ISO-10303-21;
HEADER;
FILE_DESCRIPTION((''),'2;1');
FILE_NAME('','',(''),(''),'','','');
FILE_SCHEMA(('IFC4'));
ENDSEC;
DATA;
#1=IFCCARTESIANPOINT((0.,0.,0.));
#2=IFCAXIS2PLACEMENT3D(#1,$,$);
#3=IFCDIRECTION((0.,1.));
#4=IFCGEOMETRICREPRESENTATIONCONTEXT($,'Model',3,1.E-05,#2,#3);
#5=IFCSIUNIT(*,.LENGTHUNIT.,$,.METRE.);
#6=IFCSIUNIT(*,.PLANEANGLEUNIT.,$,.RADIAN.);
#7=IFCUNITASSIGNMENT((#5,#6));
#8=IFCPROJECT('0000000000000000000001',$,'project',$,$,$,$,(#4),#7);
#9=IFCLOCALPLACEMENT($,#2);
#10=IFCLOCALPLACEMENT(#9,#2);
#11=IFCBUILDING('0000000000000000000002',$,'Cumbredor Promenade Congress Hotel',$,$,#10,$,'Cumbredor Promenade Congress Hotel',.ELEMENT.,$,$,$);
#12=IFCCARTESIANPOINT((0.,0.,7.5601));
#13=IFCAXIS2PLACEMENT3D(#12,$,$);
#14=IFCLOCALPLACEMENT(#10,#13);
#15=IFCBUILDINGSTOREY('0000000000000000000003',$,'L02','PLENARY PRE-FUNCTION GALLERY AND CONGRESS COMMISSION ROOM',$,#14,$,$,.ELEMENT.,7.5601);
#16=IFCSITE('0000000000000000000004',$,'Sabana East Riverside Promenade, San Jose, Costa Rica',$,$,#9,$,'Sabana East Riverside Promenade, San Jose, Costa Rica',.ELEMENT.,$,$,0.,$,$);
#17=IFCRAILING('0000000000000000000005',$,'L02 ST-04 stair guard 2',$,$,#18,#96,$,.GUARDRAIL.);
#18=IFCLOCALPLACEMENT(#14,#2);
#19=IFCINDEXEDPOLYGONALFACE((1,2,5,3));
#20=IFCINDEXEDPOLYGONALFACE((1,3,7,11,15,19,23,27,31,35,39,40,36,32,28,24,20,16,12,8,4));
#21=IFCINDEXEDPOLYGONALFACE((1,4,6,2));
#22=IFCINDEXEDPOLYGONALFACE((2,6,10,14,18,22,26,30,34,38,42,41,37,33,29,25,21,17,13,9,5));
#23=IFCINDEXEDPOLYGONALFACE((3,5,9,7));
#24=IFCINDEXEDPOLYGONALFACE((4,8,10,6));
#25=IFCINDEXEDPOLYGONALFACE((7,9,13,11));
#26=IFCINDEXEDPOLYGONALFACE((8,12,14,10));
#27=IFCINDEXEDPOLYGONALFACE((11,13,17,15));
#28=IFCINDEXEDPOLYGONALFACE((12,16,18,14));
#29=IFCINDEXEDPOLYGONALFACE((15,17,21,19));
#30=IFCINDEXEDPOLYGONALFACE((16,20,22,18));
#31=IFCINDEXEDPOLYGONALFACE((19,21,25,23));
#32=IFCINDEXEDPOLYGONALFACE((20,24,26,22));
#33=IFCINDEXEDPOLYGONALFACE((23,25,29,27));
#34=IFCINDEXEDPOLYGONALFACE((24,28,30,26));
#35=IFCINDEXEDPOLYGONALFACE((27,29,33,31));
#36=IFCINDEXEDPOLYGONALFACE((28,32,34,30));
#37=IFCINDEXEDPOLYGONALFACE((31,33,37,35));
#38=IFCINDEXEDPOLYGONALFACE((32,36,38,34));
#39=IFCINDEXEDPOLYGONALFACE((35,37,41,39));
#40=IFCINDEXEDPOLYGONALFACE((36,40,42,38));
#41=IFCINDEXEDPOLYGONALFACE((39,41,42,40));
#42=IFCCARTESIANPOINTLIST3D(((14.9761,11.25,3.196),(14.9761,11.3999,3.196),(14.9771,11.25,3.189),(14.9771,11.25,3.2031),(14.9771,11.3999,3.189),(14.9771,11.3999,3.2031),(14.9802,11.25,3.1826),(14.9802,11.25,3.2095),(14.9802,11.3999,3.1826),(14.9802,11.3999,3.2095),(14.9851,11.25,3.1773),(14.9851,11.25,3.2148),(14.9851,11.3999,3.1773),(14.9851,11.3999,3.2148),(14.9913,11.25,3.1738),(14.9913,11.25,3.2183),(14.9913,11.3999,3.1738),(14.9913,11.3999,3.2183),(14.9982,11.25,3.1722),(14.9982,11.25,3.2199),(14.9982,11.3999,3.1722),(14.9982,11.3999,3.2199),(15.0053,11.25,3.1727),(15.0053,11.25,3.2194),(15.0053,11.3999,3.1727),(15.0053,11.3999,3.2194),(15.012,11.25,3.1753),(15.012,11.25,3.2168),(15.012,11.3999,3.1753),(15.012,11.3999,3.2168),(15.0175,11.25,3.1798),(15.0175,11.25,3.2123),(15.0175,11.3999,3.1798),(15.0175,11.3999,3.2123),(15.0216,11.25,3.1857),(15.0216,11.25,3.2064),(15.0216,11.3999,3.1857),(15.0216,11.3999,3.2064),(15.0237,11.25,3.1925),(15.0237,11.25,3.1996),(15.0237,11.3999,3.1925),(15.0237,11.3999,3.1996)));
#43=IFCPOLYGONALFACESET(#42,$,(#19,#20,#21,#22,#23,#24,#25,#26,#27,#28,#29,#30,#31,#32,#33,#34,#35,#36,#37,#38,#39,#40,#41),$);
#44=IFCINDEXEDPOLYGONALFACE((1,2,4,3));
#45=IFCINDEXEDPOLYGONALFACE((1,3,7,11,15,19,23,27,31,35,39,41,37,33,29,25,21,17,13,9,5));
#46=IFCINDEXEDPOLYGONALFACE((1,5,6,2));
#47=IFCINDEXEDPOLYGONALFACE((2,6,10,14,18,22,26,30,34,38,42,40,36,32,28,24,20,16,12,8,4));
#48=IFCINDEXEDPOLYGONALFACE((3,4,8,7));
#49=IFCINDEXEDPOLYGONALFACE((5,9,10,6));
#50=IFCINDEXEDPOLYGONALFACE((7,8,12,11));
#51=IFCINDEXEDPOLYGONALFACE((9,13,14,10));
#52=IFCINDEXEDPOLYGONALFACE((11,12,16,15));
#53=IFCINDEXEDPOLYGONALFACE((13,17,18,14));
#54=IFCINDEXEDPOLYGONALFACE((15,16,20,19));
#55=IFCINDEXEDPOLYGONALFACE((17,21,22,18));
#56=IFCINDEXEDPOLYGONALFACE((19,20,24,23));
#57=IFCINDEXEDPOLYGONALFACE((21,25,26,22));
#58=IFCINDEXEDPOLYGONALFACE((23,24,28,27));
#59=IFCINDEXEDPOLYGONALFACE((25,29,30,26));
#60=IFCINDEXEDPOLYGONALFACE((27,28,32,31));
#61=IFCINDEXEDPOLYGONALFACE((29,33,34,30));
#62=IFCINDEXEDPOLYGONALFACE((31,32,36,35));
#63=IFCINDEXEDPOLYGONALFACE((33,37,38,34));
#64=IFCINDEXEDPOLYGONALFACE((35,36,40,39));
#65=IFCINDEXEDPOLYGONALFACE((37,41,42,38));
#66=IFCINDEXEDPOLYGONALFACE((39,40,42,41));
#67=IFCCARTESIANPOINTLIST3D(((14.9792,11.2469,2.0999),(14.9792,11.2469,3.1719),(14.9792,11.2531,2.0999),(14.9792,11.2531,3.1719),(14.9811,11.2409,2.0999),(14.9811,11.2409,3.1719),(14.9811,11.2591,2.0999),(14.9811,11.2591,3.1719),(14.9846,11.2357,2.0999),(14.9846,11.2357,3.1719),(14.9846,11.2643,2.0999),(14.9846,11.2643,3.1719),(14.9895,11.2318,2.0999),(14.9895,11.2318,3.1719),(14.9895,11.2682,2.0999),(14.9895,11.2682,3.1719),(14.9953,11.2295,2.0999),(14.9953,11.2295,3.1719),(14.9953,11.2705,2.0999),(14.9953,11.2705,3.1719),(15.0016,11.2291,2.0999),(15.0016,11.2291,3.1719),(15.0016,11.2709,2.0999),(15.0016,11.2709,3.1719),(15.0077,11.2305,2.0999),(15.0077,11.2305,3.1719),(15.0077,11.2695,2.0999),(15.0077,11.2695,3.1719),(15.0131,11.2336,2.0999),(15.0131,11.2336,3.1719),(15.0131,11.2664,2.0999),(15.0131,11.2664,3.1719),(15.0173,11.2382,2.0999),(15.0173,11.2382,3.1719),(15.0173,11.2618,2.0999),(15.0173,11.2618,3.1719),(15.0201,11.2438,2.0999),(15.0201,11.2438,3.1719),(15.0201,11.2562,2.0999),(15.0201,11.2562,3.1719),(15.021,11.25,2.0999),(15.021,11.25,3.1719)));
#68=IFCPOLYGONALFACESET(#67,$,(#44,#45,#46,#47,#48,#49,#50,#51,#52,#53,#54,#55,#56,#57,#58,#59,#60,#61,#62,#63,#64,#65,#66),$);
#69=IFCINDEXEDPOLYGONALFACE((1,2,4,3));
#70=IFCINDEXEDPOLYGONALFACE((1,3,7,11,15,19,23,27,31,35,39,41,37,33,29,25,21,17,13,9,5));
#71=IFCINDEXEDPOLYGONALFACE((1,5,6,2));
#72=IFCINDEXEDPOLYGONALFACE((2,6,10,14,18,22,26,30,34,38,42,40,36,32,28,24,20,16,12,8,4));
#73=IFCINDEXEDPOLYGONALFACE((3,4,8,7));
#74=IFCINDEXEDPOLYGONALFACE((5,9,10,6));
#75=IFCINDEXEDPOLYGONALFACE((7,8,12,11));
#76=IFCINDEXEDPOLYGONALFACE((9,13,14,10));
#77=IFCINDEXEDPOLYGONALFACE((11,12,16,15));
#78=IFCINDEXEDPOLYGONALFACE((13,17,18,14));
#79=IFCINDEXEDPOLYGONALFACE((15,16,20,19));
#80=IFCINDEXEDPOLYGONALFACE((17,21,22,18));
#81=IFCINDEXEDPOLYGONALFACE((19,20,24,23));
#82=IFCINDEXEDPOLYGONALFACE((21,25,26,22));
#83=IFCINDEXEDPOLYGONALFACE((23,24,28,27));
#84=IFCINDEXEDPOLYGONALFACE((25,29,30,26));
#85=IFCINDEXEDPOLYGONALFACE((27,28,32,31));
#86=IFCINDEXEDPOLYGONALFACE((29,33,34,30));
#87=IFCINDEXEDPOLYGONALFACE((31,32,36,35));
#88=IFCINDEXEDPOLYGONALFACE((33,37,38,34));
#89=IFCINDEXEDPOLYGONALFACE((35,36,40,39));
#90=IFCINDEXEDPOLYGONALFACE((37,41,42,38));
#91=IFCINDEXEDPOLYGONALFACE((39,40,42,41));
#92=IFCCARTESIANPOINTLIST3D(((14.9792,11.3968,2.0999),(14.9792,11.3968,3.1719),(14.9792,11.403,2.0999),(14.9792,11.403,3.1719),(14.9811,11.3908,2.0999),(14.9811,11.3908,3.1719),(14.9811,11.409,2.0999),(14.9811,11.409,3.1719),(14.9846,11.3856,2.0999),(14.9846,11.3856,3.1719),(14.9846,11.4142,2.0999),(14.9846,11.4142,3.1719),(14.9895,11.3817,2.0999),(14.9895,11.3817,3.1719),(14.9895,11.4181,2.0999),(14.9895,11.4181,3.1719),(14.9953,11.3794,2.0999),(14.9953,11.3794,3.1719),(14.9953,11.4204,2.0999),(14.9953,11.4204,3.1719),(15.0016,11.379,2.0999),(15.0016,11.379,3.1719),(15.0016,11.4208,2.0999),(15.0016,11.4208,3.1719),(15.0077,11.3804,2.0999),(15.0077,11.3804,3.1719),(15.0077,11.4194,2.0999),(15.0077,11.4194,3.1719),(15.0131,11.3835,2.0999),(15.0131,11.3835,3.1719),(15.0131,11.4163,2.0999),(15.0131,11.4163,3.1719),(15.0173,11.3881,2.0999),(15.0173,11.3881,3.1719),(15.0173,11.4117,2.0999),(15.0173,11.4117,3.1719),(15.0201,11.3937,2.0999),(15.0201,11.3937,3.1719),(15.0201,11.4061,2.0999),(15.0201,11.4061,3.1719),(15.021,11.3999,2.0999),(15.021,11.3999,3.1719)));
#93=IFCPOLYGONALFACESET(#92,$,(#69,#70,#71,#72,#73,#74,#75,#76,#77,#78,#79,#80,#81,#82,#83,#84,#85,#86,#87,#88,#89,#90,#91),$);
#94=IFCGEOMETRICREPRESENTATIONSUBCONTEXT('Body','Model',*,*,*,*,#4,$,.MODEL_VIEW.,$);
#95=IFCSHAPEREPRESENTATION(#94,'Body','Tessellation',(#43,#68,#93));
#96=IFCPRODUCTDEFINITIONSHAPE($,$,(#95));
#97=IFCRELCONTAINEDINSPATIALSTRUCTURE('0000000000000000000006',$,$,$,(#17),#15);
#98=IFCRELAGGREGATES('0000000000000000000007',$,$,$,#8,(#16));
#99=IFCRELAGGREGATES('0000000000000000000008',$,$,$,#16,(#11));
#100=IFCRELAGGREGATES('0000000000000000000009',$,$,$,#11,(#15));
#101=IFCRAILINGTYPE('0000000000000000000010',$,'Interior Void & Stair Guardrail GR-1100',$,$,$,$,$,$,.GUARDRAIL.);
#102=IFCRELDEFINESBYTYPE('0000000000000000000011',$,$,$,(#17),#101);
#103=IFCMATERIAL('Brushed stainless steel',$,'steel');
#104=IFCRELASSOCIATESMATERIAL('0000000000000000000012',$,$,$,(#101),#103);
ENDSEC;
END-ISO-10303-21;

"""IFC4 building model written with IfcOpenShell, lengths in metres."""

from ifc_helpers import new_model, si_unit, direction, frame, origin, origin_2d, place, context, subcontext, project, spatial, circle, extrude, material, type_object, element, save


model = new_model("IFC4")

# Units and contexts
model_context = context("Model", 3, precision=1e-05, world=origin(), true_north=direction((0.0, 1.0)))
body_context = subcontext(model_context, "Body", "Model", "MODEL_VIEW")
ifc_project = project(units=[si_unit("LENGTHUNIT", "METRE"), si_unit("PLANEANGLEUNIT", "RADIAN")], contexts=[model_context])

# Site, building, storey
site_placement = place(None, origin())
site = spatial("IfcSite", under=ifc_project, at=site_placement, Name="Sabana East Riverside Promenade, San Jose, Costa Rica", LongName="Sabana East Riverside Promenade, San Jose, Costa Rica", CompositionType="ELEMENT", RefElevation=0.0)
building_placement = place(site_placement, origin())
building = spatial("IfcBuilding", under=site, at=building_placement, Name="Cumbredor Promenade Congress Hotel", LongName="Cumbredor Promenade Congress Hotel", CompositionType="ELEMENT")
storey_placement = place(building_placement, frame((0.0, 0.0, 7.5601)))
storey = spatial("IfcBuildingStorey", under=building, at=storey_placement, Name="L02", Description="PLENARY PRE-FUNCTION GALLERY AND CONGRESS COMMISSION ROOM", CompositionType="ELEMENT", Elevation=7.5601)

# Shared definitions
ifc_material_1 = material(Name="Brushed stainless steel", Category="steel")

# Railing
railing_type_1 = type_object("IfcRailingType", Name="Interior Void & Stair Guardrail GR-1100", PredefinedType="GUARDRAIL", material=ifc_material_1)
railing_1_placement = place(storey_placement, frame((15.0, 11.25, 2.0999)))
element("IfcRailing", 1, at=railing_1_placement, inside=storey, type_object=railing_type_1, Name="L02 ST-04 stair guard 2", PredefinedType="GUARDRAIL", context=body_context, shape_type="SweptSolid", body=[
    extrude(circle(Radius=0.0239, at=origin_2d()), frame((0.0, 0.0, 1.0962), z_axis=(0.0, 1.0, 0.0), x_axis=(-1.0, 0.0, 0.0)), (0.0, 0.0, 1.0), 0.1499),
    extrude(circle(Radius=0.021, at=origin_2d()), origin(), (0.0, 0.0, 1.0), 1.072),
    extrude(circle(Radius=0.021, at=origin_2d()), frame((0.0, 0.1499, 0.0)), (0.0, 0.0, 1.0), 1.072),
])

save(model, "model.ifc")
